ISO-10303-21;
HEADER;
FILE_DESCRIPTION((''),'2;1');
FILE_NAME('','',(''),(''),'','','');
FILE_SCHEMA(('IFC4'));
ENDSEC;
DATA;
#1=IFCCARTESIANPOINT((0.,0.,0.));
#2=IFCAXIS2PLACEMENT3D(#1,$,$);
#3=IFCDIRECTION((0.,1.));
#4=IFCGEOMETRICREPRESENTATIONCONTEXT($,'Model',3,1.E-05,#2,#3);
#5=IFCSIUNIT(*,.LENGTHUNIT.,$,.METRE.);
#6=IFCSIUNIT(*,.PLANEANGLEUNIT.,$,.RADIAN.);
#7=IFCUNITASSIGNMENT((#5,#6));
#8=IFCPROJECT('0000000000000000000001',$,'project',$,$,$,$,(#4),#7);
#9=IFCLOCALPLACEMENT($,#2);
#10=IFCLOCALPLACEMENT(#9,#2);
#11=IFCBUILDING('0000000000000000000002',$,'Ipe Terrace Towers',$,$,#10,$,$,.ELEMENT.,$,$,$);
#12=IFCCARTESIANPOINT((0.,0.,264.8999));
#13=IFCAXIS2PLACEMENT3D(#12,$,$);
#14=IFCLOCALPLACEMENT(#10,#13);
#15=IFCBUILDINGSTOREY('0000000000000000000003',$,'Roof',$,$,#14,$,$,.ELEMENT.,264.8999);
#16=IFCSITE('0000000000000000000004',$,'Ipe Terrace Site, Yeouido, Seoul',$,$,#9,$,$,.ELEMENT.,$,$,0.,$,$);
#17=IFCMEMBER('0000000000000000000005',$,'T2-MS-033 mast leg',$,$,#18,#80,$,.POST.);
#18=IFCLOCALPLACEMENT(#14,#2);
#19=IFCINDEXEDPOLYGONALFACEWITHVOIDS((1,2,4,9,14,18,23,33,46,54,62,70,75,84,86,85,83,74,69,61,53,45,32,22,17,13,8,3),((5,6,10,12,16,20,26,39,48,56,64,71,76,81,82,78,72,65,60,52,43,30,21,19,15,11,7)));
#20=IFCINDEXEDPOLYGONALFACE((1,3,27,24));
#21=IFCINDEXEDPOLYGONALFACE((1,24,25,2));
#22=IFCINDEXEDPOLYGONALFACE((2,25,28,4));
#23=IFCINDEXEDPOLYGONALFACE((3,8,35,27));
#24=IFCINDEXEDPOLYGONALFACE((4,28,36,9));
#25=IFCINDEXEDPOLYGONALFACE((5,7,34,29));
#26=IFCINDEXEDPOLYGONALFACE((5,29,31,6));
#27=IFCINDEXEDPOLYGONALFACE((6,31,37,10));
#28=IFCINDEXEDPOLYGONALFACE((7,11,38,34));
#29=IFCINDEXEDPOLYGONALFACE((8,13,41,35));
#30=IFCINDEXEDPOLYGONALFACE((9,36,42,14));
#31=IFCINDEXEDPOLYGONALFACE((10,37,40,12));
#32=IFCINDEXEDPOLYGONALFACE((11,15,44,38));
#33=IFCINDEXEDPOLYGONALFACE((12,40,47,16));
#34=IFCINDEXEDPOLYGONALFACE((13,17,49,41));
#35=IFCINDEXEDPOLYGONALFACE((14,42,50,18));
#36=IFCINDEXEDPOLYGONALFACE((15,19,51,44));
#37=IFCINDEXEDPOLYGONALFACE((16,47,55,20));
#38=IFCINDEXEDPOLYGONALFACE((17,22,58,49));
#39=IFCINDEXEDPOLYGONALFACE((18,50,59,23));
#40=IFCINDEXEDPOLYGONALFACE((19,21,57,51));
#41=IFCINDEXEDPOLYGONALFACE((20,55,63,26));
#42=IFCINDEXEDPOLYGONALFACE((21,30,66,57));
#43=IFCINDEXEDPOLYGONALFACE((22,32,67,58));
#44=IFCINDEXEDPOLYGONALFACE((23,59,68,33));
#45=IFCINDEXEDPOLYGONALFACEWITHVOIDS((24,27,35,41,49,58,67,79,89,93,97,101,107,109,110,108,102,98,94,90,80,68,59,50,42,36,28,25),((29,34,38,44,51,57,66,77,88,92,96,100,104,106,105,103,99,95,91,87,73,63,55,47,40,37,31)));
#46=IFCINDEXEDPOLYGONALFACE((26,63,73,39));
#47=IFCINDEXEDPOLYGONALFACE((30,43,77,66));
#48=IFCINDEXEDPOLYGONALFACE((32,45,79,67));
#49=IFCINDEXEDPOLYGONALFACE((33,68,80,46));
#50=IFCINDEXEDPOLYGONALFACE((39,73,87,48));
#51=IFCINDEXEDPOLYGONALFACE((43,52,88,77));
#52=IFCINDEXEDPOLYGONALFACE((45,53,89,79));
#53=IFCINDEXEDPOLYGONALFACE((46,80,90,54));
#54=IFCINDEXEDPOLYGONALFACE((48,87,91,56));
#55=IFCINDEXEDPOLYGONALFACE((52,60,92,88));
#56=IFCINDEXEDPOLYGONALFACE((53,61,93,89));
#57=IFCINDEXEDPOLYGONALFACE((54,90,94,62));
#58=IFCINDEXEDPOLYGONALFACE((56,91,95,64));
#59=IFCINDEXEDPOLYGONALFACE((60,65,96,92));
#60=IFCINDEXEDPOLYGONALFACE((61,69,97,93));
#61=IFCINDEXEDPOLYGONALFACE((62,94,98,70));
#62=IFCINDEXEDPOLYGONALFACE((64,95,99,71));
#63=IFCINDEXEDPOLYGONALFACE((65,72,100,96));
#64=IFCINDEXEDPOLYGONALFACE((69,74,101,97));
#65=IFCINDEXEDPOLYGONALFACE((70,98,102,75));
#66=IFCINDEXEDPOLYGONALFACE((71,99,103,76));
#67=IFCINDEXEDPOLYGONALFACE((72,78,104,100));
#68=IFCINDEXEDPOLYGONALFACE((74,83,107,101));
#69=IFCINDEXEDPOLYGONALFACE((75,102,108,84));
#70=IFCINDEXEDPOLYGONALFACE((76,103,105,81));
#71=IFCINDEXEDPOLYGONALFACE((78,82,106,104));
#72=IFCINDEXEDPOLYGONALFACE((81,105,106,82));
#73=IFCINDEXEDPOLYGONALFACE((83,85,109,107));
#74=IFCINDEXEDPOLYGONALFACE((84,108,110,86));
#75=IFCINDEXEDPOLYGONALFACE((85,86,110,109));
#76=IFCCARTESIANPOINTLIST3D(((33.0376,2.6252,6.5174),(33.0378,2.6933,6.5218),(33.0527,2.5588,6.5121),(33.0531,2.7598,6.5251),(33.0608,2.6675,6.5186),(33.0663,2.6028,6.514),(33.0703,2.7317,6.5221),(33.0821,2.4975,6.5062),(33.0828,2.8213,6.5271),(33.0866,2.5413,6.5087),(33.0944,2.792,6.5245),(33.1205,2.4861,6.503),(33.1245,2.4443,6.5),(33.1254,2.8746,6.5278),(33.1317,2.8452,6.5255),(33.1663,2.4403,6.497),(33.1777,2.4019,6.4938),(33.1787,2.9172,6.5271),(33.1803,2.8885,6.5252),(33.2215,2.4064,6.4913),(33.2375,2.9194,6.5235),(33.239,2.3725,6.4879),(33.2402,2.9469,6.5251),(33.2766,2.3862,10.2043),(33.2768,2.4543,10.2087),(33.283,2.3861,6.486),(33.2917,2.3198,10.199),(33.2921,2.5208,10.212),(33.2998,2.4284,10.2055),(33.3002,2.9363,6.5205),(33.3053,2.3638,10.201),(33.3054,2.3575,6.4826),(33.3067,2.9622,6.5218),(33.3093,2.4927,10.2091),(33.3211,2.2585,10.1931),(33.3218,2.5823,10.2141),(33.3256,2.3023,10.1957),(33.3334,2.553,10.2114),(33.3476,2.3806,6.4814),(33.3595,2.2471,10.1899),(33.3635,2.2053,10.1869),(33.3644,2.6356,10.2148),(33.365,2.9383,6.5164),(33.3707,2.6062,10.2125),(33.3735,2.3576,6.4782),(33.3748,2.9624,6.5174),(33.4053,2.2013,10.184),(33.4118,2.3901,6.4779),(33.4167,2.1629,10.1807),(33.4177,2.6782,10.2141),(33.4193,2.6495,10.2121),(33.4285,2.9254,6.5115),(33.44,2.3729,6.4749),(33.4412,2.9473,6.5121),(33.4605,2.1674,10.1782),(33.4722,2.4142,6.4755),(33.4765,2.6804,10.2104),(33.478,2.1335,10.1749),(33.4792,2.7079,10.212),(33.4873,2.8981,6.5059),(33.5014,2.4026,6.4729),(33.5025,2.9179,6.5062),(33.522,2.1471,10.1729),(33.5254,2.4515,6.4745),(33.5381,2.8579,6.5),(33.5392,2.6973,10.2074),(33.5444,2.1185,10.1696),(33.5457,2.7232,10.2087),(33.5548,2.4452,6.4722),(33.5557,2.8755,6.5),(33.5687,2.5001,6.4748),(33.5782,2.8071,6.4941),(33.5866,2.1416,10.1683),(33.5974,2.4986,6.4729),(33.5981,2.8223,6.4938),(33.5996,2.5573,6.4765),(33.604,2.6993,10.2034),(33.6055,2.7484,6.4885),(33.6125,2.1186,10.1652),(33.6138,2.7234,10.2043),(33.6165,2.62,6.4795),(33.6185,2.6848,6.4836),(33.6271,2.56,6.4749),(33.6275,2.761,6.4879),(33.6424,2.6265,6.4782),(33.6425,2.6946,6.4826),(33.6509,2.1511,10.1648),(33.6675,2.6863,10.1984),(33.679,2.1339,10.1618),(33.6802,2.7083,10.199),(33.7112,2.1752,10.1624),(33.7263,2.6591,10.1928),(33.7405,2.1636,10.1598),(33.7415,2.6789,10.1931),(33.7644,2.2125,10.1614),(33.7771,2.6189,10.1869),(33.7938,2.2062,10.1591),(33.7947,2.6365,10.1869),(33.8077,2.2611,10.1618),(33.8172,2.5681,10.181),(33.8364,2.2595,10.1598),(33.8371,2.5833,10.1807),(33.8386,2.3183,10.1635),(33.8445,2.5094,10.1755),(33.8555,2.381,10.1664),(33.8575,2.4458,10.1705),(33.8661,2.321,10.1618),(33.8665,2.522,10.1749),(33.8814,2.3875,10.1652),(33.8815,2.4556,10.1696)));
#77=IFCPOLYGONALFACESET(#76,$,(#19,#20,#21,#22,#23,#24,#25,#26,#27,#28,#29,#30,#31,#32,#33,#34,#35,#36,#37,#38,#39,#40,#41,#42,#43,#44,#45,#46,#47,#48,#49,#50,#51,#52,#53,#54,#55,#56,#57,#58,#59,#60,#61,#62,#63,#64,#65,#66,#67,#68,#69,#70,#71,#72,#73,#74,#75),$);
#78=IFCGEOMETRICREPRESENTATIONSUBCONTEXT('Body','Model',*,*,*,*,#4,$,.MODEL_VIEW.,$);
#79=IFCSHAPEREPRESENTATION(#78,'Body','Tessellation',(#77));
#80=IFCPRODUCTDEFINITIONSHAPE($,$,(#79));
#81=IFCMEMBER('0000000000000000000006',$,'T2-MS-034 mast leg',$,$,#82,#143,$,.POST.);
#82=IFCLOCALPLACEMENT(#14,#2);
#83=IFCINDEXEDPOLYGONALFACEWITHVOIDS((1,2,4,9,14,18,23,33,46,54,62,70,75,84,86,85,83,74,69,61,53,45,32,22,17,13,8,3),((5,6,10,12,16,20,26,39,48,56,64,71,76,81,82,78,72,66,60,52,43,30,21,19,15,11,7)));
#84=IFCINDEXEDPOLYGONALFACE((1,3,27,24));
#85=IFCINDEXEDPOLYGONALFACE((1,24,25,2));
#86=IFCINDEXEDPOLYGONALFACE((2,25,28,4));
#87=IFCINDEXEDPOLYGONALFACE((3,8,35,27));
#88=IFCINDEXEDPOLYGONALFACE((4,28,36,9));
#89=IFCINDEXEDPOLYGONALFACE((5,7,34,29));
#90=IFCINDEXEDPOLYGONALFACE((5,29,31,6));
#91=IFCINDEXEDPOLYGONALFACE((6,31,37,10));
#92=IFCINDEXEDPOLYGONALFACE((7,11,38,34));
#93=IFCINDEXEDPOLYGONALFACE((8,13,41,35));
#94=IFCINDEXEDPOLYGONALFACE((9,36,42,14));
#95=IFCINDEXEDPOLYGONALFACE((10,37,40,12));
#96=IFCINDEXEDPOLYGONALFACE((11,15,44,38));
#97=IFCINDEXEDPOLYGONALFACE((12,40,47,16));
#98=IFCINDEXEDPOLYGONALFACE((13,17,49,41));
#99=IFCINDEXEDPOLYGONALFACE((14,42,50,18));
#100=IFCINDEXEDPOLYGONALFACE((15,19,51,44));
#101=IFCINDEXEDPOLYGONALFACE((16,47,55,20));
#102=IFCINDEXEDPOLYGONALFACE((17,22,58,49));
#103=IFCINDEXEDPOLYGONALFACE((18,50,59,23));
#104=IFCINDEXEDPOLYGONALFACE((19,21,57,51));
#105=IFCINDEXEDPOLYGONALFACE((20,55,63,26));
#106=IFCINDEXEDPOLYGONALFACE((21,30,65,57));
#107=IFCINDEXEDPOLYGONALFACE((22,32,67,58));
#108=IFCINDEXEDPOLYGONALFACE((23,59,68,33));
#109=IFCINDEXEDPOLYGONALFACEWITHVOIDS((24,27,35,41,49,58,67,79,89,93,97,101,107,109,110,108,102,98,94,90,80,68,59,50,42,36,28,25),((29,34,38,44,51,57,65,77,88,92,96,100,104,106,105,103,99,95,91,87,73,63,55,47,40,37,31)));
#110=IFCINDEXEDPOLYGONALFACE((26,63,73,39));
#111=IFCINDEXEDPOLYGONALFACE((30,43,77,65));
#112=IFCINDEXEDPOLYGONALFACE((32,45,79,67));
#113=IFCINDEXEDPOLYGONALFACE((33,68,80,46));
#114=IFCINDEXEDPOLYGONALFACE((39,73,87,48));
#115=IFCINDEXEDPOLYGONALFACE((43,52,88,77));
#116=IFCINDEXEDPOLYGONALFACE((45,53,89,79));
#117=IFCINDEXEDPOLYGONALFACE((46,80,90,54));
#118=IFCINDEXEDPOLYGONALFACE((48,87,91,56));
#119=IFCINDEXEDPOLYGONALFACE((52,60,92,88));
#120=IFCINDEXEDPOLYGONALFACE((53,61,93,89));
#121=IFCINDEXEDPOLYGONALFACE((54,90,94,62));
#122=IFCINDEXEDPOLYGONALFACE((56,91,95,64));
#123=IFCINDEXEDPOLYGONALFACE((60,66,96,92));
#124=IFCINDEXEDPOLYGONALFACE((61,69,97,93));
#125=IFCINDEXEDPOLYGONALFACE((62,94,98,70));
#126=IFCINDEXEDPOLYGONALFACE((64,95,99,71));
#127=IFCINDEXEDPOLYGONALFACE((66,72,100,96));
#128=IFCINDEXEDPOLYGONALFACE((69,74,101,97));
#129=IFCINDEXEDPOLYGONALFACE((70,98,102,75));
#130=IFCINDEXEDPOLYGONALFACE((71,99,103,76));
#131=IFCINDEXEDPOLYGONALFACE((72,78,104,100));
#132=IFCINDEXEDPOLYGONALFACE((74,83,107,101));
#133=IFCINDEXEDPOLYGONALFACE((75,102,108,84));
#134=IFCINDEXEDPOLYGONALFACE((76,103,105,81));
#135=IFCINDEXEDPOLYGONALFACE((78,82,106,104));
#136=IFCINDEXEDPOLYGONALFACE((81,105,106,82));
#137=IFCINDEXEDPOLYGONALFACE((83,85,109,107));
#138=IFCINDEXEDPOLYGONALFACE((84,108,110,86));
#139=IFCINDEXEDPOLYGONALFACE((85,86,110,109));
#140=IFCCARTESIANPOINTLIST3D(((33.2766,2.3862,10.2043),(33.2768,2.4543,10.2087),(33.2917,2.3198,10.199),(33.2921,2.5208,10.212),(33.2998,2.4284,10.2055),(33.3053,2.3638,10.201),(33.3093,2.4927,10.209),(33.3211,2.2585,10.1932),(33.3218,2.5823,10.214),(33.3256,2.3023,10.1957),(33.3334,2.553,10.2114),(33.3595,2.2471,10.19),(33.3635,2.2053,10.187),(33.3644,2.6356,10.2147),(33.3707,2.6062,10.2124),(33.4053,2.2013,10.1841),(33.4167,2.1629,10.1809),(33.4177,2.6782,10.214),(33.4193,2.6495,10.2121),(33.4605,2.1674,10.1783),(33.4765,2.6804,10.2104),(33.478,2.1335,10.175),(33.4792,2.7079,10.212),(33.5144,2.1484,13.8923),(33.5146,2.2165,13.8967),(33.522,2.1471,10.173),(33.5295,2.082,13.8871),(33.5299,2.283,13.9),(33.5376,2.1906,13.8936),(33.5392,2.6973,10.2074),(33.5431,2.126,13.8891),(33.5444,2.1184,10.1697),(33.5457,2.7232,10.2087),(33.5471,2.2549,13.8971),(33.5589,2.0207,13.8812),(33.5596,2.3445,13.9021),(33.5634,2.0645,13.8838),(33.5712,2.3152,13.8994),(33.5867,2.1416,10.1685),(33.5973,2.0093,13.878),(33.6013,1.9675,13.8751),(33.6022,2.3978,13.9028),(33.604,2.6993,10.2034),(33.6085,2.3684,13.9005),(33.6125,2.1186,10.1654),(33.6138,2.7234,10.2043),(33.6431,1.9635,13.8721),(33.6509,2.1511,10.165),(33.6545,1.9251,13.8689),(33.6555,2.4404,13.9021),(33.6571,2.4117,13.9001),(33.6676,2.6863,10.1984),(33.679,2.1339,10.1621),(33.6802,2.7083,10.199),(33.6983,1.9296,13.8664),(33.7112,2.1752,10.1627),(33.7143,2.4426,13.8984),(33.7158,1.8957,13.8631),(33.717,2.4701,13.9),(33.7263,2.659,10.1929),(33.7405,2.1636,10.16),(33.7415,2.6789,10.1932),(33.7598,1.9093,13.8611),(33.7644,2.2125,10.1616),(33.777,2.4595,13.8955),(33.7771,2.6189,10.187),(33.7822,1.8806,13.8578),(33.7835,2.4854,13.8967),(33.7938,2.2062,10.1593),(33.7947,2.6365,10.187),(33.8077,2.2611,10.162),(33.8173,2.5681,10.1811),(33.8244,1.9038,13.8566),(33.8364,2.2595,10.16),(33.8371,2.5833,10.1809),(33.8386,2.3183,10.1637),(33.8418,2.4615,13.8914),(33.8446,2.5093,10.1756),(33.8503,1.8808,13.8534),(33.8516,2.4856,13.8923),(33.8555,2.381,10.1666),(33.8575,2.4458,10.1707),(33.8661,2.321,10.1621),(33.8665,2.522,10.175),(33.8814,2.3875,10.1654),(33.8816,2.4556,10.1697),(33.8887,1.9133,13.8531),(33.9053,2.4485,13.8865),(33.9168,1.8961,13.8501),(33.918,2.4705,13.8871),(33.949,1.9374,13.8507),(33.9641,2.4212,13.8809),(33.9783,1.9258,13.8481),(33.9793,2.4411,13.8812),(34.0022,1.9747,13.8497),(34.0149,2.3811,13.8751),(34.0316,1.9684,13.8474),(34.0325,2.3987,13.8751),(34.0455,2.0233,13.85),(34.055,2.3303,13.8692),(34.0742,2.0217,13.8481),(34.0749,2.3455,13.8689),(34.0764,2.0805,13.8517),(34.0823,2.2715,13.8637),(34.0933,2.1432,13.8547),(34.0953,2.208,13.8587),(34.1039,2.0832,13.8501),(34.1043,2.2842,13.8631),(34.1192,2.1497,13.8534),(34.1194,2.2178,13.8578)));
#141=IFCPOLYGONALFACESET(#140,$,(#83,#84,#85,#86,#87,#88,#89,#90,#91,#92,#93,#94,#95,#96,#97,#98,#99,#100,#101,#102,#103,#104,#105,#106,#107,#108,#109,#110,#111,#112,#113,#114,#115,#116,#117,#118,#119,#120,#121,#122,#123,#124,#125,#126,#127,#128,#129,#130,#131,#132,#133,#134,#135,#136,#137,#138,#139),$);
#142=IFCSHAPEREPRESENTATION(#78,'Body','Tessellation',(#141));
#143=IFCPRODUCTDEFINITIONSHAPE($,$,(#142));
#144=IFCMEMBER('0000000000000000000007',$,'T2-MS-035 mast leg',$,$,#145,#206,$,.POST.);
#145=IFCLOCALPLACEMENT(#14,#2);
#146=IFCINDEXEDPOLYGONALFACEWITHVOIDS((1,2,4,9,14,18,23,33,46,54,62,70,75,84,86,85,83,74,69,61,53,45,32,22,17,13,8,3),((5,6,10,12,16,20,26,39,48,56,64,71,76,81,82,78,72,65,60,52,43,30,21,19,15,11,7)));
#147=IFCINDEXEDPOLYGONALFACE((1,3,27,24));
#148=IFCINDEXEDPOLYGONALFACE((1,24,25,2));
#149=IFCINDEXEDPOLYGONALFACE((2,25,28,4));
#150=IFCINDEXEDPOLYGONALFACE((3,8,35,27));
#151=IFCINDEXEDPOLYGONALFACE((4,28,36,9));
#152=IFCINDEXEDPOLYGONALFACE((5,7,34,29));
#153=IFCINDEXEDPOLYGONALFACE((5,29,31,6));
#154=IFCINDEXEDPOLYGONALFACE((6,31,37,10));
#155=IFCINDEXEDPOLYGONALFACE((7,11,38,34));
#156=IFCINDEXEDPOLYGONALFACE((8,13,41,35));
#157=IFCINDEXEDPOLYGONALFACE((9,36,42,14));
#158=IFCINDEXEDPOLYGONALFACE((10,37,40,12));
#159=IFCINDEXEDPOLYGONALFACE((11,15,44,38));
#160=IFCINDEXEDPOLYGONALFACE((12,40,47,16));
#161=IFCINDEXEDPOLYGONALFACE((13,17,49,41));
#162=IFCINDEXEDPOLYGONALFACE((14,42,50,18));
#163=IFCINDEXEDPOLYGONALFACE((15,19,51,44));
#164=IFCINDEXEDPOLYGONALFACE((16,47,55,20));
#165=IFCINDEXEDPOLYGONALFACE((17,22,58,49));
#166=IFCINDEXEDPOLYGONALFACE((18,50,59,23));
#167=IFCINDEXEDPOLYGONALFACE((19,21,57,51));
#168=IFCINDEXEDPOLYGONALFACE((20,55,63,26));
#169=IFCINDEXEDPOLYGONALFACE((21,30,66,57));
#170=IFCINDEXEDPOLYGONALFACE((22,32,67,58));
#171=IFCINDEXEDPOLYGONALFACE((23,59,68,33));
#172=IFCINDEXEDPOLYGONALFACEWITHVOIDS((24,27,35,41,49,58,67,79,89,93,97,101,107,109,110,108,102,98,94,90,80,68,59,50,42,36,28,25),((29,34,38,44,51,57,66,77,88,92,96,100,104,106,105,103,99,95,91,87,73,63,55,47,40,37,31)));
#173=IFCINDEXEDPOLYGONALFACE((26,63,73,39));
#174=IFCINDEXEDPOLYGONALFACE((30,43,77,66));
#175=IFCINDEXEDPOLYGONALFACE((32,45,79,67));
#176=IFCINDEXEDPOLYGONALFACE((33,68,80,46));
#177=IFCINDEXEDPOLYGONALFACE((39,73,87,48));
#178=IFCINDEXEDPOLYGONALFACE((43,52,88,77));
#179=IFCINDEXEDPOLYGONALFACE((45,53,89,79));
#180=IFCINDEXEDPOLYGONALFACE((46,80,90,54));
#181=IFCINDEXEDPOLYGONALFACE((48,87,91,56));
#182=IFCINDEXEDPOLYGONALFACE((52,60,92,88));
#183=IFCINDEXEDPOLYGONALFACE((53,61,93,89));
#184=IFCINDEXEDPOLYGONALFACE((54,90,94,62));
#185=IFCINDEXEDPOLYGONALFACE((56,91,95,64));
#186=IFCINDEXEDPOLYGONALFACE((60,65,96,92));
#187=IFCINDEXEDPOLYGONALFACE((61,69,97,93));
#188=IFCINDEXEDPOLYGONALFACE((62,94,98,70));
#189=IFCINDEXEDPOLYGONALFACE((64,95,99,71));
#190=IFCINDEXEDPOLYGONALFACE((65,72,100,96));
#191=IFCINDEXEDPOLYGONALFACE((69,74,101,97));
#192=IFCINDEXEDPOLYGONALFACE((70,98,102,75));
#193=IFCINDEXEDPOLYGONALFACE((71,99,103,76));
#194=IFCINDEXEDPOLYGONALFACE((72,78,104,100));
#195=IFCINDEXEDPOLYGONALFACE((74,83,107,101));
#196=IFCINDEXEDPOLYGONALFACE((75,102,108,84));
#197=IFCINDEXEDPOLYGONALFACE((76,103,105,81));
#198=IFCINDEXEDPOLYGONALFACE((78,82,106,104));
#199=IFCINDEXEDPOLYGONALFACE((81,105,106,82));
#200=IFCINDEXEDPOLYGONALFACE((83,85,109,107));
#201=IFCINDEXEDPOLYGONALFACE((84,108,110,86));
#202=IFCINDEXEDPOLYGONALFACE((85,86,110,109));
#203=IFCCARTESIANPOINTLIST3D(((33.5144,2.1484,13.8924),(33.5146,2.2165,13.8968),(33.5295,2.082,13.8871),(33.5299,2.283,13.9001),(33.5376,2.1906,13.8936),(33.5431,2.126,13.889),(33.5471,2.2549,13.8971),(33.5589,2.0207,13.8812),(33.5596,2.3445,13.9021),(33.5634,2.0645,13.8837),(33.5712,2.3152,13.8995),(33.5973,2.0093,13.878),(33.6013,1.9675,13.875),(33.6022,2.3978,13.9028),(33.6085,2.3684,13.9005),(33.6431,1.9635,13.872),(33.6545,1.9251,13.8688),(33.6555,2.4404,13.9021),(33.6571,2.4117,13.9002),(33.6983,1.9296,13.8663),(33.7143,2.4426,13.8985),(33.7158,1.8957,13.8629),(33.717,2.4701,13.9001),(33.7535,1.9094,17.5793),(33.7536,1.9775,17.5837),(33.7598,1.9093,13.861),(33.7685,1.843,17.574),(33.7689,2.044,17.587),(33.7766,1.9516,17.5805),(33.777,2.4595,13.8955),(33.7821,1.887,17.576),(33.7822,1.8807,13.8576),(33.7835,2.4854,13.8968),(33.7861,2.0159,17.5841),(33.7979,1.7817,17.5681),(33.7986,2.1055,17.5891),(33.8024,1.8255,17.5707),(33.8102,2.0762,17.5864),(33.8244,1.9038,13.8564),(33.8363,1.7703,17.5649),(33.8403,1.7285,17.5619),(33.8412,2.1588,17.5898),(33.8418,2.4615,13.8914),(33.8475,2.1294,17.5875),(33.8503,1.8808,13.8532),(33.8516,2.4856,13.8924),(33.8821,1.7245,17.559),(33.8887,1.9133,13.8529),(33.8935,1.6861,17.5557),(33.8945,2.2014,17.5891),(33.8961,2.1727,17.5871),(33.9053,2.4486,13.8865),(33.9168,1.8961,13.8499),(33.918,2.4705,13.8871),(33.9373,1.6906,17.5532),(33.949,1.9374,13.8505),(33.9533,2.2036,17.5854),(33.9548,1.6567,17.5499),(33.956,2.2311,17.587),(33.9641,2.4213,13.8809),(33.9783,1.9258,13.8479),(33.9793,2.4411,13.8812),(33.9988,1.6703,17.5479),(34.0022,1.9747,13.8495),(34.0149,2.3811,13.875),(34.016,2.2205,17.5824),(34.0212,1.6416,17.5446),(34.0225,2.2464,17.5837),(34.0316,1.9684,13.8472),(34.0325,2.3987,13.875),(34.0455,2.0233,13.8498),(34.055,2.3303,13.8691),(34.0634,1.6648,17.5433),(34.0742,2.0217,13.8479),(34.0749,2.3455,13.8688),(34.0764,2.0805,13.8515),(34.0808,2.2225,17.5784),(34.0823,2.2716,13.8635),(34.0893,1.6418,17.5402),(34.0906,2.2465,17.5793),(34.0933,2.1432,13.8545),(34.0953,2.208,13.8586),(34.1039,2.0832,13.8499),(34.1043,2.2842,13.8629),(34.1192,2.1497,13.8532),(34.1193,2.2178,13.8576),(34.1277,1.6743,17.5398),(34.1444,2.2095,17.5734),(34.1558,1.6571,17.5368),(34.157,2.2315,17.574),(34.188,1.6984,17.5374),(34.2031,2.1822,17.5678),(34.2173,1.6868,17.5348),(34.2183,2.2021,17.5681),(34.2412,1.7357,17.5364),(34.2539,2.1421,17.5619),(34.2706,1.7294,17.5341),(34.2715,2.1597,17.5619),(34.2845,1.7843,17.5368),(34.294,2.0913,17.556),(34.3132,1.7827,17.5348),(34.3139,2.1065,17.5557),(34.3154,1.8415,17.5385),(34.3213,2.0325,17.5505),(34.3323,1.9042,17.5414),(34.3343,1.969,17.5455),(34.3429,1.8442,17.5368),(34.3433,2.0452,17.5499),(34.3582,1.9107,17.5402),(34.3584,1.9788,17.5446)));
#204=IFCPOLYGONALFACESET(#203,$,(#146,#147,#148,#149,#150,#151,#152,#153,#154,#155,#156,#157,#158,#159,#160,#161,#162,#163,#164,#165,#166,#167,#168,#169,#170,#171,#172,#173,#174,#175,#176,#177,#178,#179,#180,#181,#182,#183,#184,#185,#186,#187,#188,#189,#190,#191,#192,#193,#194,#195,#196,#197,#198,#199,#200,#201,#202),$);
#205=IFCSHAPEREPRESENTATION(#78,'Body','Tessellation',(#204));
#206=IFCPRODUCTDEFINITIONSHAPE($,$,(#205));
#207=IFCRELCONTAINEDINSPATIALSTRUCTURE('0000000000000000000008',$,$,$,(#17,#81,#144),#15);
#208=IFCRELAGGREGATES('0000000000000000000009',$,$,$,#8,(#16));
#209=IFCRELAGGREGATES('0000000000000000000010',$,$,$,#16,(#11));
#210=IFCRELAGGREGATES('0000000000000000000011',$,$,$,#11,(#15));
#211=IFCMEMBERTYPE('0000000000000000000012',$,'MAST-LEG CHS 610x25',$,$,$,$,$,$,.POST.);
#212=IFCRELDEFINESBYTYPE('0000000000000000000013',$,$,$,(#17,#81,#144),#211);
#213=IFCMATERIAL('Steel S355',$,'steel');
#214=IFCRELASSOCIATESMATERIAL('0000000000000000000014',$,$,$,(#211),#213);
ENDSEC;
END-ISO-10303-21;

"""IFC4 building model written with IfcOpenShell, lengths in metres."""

from ifc_helpers import new_model, si_unit, direction, frame, origin, origin_2d, place, context, subcontext, project, spatial, hollow_circle, extrude, material, material_profile, profile_set, type_object, element, save


model = new_model("IFC4")

# Units and contexts
model_context = context("Model", 3, precision=1e-05, world=origin(), true_north=direction((0.0, 1.0)))
body_context = subcontext(model_context, "Body", "Model", "MODEL_VIEW")
ifc_project = project(units=[si_unit("LENGTHUNIT", "METRE"), si_unit("PLANEANGLEUNIT", "RADIAN")], contexts=[model_context])

# Site, building, storey
site_placement = place(None, origin())
site = spatial("IfcSite", under=ifc_project, at=site_placement, Name="Ipe Terrace Site, Yeouido, Seoul", CompositionType="ELEMENT", RefElevation=0.0)
building_placement = place(site_placement, origin())
building = spatial("IfcBuilding", under=site, at=building_placement, Name="Ipe Terrace Towers", CompositionType="ELEMENT")
storey_placement = place(building_placement, frame((0.0, 0.0, 264.8999)))
storey = spatial("IfcBuildingStorey", under=building, at=storey_placement, Name="Roof", CompositionType="ELEMENT", Elevation=264.8999)

# Members
ifc_material_1 = material(Name="Steel S355", Category="steel")
ifc_material_profile_1 = material_profile(ifc_material_1, hollow_circle(Radius=0.3049, WallThickness=0.0249, at=origin_2d()), Name="MAST-LEG CHS 610x25")
ifc_profile_set_1 = profile_set([ifc_material_profile_1], Name="Steel S355")
member_type_1 = type_object("IfcMemberType", Name="MAST-LEG CHS 610x25", PredefinedType="POST", material=ifc_profile_set_1)
member_1_placement = place(storey_placement, frame((33.3401, 2.6599, 6.5), z_axis=(0.064555, -0.064555, 0.995824), x_axis=(0.707107, 0.707107, 0.0)))
element("IfcMember", 1, at=member_1_placement, inside=storey, type_object=member_type_1, Name="T2-MS-033 mast leg", PredefinedType="POST", context=body_context, shape_type="SweptSolid", body=[
    extrude(hollow_circle(Radius=0.3049, WallThickness=0.0249, at=origin_2d()), origin(), (0.0, 0.0, 1.0), 3.7024),
])
member_2_placement = place(storey_placement, frame((33.5791, 2.4209, 10.187), z_axis=(0.064211, -0.064211, 0.995868), x_axis=(0.707107, 0.707107, 0.0)))
element("IfcMember", 2, at=member_2_placement, inside=storey, type_object=member_type_1, Name="T2-MS-034 mast leg", PredefinedType="POST", context=body_context, shape_type="SweptSolid", body=[
    extrude(hollow_circle(Radius=0.3049, WallThickness=0.0249, at=origin_2d()), origin(), (0.0, 0.0, 1.0), 3.7034),
])
member_3_placement = place(storey_placement, frame((33.8169, 2.1831, 13.875), z_axis=(0.064555, -0.064555, 0.995824), x_axis=(0.707107, 0.707107, 0.0)))
element("IfcMember", 3, at=member_3_placement, inside=storey, type_object=member_type_1, Name="T2-MS-035 mast leg", PredefinedType="POST", context=body_context, shape_type="SweptSolid", body=[
    extrude(hollow_circle(Radius=0.3049, WallThickness=0.0249, at=origin_2d()), origin(), (0.0, 0.0, 1.0), 3.7024),
])

save(model, "model.ifc")
